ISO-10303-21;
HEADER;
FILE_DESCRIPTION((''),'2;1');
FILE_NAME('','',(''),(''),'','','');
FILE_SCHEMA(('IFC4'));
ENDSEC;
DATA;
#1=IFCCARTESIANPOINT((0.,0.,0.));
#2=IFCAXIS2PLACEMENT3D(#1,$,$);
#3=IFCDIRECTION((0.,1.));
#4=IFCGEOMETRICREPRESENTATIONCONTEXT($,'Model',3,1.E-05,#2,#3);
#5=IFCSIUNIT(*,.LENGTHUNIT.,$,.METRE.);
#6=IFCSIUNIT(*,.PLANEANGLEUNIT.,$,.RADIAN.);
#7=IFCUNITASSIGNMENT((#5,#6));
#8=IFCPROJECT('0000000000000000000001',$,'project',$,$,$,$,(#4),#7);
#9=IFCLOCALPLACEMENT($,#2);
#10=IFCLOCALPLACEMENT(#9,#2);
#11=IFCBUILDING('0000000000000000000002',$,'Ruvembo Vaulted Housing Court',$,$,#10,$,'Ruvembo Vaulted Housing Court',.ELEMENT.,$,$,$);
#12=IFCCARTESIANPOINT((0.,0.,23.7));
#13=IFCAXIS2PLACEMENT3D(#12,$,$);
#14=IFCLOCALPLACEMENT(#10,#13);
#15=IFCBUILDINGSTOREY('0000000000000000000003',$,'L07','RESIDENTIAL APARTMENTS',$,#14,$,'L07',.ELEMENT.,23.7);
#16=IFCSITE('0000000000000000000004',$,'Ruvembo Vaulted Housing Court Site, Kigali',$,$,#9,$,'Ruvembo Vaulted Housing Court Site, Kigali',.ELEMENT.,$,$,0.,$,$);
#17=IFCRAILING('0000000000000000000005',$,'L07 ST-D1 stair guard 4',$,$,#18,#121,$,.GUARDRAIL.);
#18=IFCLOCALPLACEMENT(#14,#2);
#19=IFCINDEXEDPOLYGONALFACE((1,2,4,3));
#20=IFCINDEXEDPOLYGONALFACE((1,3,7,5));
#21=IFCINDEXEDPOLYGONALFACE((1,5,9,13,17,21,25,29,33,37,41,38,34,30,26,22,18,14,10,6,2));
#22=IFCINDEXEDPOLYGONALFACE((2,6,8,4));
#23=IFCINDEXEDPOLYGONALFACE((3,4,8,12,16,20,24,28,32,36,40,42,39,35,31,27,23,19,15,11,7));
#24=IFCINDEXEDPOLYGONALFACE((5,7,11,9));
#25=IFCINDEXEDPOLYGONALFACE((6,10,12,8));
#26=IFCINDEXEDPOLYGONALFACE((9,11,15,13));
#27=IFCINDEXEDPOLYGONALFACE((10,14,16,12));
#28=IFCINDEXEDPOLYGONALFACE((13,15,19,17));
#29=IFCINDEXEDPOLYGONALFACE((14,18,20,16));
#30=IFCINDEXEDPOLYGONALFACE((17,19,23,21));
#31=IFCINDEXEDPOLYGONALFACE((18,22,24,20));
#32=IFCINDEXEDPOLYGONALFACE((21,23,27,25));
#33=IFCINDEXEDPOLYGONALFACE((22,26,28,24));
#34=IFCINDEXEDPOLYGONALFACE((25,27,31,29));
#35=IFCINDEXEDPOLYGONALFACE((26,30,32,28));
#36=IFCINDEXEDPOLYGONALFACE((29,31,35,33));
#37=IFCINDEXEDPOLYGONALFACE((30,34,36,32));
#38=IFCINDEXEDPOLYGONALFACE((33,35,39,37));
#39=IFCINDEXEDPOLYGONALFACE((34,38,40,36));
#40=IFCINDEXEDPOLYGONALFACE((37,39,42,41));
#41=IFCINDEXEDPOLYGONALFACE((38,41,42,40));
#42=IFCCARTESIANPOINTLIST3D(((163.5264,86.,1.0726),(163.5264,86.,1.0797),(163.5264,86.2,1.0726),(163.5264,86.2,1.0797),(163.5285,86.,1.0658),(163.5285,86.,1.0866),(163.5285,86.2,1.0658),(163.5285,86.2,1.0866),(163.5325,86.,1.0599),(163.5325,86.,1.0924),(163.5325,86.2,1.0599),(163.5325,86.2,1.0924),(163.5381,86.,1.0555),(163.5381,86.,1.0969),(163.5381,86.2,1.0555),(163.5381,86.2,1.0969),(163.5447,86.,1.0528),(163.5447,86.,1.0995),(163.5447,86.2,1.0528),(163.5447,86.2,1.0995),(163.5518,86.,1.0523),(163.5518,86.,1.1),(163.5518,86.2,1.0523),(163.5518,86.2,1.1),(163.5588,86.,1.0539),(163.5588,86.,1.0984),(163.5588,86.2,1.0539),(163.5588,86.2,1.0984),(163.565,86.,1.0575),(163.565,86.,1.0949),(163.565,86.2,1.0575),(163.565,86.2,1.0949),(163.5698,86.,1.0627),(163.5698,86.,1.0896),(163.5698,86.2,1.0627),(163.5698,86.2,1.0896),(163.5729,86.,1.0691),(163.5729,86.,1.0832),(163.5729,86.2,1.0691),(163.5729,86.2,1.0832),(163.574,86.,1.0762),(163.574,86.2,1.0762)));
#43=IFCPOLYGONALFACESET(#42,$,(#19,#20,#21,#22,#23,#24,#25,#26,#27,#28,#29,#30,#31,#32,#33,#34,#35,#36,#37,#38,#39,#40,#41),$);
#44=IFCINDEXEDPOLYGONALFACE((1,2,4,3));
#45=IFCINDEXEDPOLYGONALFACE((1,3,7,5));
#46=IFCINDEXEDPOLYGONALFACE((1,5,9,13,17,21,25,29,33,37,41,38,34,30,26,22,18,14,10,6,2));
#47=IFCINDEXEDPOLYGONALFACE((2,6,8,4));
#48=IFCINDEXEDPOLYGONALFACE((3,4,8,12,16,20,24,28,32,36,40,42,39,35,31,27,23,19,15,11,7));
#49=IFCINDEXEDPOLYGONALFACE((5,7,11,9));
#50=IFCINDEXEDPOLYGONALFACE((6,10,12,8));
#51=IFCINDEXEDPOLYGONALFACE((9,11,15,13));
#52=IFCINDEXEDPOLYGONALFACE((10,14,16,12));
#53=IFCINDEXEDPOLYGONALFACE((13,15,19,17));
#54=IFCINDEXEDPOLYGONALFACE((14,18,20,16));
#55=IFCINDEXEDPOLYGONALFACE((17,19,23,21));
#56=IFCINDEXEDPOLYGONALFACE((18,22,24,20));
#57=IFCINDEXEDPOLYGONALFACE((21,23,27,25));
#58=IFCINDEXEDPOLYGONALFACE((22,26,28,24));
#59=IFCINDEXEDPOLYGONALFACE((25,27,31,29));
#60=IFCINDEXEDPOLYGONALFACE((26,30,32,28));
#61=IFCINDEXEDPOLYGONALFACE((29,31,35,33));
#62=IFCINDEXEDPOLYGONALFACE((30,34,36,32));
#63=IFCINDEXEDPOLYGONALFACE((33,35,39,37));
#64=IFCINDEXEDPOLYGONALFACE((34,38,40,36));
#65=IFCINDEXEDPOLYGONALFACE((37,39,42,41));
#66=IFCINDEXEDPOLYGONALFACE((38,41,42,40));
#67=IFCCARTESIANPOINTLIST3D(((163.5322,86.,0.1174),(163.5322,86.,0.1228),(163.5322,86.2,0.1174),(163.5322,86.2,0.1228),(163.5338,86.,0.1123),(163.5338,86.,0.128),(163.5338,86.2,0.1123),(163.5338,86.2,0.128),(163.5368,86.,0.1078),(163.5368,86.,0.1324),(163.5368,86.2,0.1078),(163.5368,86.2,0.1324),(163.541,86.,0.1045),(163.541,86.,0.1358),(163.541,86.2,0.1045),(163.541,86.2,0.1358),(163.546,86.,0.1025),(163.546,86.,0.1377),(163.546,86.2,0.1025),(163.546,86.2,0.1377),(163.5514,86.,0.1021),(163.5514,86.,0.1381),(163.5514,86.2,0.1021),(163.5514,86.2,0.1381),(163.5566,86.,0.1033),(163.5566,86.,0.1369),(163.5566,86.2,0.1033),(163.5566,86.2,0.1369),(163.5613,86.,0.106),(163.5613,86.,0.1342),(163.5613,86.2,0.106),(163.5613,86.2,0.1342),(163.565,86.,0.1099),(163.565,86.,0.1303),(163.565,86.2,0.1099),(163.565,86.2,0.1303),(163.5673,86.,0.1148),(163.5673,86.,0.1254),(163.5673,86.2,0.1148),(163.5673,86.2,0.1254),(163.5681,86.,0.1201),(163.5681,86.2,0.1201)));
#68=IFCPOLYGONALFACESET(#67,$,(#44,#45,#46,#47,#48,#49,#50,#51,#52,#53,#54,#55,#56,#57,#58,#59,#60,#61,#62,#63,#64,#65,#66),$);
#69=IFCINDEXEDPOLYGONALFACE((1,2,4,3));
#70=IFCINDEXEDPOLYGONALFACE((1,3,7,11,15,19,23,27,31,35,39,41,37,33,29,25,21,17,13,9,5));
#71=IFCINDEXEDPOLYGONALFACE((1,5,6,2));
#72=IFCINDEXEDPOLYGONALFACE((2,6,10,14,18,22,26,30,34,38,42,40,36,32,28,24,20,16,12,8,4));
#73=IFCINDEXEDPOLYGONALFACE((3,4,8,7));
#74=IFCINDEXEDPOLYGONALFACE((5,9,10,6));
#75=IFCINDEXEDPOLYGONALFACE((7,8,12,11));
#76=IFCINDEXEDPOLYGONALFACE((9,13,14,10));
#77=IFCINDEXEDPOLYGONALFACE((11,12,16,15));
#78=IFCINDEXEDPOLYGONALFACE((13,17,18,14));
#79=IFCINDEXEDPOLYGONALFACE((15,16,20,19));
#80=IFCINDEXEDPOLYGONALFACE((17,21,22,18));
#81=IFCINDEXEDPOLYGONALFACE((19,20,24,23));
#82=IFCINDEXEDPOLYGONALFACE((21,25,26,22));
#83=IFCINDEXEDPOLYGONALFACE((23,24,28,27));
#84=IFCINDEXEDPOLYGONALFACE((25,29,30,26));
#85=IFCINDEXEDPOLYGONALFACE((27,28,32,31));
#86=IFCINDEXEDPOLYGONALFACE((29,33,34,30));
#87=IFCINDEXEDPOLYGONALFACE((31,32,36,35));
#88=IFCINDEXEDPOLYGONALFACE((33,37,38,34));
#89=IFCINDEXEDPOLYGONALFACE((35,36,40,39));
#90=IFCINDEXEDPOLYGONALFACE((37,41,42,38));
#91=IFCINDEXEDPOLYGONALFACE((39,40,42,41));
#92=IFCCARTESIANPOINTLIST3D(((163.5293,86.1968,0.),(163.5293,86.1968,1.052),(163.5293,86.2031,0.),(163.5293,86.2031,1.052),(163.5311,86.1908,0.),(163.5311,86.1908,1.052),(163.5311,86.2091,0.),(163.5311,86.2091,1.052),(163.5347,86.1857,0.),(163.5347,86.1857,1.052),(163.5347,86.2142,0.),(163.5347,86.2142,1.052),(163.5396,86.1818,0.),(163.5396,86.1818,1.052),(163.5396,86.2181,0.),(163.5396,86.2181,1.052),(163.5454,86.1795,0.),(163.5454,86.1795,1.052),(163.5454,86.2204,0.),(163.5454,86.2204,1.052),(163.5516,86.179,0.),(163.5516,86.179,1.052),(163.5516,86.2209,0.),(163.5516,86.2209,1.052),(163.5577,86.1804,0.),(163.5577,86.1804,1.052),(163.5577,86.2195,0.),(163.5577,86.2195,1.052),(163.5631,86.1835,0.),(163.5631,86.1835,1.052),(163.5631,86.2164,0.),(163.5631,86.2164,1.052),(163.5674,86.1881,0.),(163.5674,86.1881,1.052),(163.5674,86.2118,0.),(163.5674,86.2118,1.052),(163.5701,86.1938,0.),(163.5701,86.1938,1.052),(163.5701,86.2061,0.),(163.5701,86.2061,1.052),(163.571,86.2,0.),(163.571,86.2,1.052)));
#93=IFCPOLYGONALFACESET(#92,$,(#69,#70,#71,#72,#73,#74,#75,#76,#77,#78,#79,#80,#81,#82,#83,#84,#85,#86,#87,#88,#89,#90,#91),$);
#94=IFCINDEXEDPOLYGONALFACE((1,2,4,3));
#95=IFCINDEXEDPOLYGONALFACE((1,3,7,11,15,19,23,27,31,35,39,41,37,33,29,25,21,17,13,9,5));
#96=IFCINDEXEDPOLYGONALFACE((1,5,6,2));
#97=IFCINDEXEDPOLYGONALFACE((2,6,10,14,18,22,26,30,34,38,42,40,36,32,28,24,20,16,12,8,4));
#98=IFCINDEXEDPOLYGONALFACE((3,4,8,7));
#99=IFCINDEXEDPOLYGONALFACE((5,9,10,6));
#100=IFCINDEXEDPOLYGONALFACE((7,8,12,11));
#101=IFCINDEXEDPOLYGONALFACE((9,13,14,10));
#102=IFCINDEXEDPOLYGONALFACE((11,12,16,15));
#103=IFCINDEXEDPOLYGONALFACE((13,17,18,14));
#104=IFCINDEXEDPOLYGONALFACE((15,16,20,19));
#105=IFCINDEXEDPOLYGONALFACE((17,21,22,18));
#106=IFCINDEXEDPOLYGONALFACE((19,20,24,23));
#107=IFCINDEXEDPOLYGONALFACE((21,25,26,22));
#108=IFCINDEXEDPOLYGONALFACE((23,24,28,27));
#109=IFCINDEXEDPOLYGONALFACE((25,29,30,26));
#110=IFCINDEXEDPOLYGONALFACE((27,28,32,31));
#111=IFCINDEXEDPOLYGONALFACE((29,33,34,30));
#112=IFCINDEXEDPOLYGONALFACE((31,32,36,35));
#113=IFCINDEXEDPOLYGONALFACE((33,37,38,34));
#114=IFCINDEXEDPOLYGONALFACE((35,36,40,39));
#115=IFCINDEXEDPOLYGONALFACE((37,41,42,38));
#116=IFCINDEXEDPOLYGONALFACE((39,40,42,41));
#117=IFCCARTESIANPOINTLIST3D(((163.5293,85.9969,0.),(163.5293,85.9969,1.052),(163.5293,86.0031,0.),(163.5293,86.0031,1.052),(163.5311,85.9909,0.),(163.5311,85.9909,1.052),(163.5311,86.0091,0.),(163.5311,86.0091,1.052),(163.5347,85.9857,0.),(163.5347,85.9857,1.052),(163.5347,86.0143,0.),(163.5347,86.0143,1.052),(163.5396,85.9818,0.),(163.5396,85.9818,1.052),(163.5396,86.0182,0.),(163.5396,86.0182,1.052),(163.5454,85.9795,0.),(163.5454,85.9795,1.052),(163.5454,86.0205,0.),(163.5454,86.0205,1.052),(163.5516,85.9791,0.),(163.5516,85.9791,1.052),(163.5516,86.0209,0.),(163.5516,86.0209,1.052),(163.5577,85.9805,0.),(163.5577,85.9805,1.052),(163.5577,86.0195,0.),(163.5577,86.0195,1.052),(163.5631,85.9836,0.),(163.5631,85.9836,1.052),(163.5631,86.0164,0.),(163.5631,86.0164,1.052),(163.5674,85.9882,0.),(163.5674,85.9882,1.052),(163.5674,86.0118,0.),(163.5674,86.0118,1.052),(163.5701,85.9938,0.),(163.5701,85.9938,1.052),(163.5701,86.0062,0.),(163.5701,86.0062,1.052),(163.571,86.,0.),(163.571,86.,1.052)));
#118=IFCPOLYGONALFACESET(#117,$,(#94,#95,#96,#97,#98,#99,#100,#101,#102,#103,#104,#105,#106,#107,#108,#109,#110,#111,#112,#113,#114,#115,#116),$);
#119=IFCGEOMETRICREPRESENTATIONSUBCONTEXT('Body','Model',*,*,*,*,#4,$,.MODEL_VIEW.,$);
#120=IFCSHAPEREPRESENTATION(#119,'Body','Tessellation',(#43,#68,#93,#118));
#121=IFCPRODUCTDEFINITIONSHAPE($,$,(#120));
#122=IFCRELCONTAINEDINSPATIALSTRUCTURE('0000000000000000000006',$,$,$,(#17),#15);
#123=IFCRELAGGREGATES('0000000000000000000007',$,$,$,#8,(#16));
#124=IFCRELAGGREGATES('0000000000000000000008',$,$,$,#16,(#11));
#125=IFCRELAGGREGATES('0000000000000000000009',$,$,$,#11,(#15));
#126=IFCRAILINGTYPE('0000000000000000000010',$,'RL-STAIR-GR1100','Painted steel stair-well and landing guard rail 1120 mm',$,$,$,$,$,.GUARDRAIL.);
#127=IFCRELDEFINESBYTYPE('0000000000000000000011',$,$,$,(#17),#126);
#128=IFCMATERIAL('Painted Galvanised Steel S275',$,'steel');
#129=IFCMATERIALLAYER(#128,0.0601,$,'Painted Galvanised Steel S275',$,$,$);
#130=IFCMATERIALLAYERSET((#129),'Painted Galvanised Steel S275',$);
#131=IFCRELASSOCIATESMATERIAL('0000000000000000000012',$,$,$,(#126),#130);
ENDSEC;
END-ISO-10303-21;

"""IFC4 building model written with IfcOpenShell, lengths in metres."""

from ifc_helpers import new_model, si_unit, direction, frame, origin, origin_2d, place, context, subcontext, project, spatial, circle, extrude, material, layer, layer_set, type_object, element, save


model = new_model("IFC4")

# Units and contexts
model_context = context("Model", 3, precision=1e-05, world=origin(), true_north=direction((0.0, 1.0)))
body_context = subcontext(model_context, "Body", "Model", "MODEL_VIEW")
ifc_project = project(units=[si_unit("LENGTHUNIT", "METRE"), si_unit("PLANEANGLEUNIT", "RADIAN")], contexts=[model_context])

# Site, building, storey
site_placement = place(None, origin())
site = spatial("IfcSite", under=ifc_project, at=site_placement, Name="Ruvembo Vaulted Housing Court Site, Kigali", LongName="Ruvembo Vaulted Housing Court Site, Kigali", CompositionType="ELEMENT", RefElevation=0.0)
building_placement = place(site_placement, origin())
building = spatial("IfcBuilding", under=site, at=building_placement, Name="Ruvembo Vaulted Housing Court", LongName="Ruvembo Vaulted Housing Court", CompositionType="ELEMENT")
storey_placement = place(building_placement, frame((0.0, 0.0, 23.7)))
storey = spatial("IfcBuildingStorey", under=building, at=storey_placement, Name="L07", Description="RESIDENTIAL APARTMENTS", LongName="L07", CompositionType="ELEMENT", Elevation=23.7)

# Railing
ifc_material_1 = material(Name="Painted Galvanised Steel S275", Category="steel")
ifc_layer_1 = layer(ifc_material_1, 0.0601, Name="Painted Galvanised Steel S275")
ifc_layer_set_1 = layer_set([ifc_layer_1], Name="Painted Galvanised Steel S275")
railing_type_1 = type_object("IfcRailingType", Name="RL-STAIR-GR1100", Description="Painted steel stair-well and landing guard rail 1120 mm", PredefinedType="GUARDRAIL", material=ifc_layer_set_1)
railing_1_placement = place(storey_placement, frame((163.55, 86.2, 0.0)))
element("IfcRailing", 1, at=railing_1_placement, inside=storey, type_object=railing_type_1, Name="L07 ST-D1 stair guard 4", PredefinedType="GUARDRAIL", context=body_context, shape_type="SweptSolid", body=[
    extrude(circle(Radius=0.0239, at=origin_2d()), frame((0.0, 0.0, 1.0762), z_axis=(0.0, -1.0, 0.0), x_axis=(1.0, 0.0, 0.0)), (0.0, 0.0, 1.0), 0.2),
    extrude(circle(Radius=0.0181, at=origin_2d()), frame((0.0, 0.0, 0.1201), z_axis=(0.0, -1.0, 0.0), x_axis=(1.0, 0.0, 0.0)), (0.0, 0.0, 1.0), 0.2),
    extrude(circle(Radius=0.021, at=origin_2d()), origin(), (0.0, 0.0, 1.0), 1.052),
    extrude(circle(Radius=0.021, at=origin_2d()), frame((0.0, -0.2, 0.0)), (0.0, 0.0, 1.0), 1.052),
])

save(model, "model.ifc")
